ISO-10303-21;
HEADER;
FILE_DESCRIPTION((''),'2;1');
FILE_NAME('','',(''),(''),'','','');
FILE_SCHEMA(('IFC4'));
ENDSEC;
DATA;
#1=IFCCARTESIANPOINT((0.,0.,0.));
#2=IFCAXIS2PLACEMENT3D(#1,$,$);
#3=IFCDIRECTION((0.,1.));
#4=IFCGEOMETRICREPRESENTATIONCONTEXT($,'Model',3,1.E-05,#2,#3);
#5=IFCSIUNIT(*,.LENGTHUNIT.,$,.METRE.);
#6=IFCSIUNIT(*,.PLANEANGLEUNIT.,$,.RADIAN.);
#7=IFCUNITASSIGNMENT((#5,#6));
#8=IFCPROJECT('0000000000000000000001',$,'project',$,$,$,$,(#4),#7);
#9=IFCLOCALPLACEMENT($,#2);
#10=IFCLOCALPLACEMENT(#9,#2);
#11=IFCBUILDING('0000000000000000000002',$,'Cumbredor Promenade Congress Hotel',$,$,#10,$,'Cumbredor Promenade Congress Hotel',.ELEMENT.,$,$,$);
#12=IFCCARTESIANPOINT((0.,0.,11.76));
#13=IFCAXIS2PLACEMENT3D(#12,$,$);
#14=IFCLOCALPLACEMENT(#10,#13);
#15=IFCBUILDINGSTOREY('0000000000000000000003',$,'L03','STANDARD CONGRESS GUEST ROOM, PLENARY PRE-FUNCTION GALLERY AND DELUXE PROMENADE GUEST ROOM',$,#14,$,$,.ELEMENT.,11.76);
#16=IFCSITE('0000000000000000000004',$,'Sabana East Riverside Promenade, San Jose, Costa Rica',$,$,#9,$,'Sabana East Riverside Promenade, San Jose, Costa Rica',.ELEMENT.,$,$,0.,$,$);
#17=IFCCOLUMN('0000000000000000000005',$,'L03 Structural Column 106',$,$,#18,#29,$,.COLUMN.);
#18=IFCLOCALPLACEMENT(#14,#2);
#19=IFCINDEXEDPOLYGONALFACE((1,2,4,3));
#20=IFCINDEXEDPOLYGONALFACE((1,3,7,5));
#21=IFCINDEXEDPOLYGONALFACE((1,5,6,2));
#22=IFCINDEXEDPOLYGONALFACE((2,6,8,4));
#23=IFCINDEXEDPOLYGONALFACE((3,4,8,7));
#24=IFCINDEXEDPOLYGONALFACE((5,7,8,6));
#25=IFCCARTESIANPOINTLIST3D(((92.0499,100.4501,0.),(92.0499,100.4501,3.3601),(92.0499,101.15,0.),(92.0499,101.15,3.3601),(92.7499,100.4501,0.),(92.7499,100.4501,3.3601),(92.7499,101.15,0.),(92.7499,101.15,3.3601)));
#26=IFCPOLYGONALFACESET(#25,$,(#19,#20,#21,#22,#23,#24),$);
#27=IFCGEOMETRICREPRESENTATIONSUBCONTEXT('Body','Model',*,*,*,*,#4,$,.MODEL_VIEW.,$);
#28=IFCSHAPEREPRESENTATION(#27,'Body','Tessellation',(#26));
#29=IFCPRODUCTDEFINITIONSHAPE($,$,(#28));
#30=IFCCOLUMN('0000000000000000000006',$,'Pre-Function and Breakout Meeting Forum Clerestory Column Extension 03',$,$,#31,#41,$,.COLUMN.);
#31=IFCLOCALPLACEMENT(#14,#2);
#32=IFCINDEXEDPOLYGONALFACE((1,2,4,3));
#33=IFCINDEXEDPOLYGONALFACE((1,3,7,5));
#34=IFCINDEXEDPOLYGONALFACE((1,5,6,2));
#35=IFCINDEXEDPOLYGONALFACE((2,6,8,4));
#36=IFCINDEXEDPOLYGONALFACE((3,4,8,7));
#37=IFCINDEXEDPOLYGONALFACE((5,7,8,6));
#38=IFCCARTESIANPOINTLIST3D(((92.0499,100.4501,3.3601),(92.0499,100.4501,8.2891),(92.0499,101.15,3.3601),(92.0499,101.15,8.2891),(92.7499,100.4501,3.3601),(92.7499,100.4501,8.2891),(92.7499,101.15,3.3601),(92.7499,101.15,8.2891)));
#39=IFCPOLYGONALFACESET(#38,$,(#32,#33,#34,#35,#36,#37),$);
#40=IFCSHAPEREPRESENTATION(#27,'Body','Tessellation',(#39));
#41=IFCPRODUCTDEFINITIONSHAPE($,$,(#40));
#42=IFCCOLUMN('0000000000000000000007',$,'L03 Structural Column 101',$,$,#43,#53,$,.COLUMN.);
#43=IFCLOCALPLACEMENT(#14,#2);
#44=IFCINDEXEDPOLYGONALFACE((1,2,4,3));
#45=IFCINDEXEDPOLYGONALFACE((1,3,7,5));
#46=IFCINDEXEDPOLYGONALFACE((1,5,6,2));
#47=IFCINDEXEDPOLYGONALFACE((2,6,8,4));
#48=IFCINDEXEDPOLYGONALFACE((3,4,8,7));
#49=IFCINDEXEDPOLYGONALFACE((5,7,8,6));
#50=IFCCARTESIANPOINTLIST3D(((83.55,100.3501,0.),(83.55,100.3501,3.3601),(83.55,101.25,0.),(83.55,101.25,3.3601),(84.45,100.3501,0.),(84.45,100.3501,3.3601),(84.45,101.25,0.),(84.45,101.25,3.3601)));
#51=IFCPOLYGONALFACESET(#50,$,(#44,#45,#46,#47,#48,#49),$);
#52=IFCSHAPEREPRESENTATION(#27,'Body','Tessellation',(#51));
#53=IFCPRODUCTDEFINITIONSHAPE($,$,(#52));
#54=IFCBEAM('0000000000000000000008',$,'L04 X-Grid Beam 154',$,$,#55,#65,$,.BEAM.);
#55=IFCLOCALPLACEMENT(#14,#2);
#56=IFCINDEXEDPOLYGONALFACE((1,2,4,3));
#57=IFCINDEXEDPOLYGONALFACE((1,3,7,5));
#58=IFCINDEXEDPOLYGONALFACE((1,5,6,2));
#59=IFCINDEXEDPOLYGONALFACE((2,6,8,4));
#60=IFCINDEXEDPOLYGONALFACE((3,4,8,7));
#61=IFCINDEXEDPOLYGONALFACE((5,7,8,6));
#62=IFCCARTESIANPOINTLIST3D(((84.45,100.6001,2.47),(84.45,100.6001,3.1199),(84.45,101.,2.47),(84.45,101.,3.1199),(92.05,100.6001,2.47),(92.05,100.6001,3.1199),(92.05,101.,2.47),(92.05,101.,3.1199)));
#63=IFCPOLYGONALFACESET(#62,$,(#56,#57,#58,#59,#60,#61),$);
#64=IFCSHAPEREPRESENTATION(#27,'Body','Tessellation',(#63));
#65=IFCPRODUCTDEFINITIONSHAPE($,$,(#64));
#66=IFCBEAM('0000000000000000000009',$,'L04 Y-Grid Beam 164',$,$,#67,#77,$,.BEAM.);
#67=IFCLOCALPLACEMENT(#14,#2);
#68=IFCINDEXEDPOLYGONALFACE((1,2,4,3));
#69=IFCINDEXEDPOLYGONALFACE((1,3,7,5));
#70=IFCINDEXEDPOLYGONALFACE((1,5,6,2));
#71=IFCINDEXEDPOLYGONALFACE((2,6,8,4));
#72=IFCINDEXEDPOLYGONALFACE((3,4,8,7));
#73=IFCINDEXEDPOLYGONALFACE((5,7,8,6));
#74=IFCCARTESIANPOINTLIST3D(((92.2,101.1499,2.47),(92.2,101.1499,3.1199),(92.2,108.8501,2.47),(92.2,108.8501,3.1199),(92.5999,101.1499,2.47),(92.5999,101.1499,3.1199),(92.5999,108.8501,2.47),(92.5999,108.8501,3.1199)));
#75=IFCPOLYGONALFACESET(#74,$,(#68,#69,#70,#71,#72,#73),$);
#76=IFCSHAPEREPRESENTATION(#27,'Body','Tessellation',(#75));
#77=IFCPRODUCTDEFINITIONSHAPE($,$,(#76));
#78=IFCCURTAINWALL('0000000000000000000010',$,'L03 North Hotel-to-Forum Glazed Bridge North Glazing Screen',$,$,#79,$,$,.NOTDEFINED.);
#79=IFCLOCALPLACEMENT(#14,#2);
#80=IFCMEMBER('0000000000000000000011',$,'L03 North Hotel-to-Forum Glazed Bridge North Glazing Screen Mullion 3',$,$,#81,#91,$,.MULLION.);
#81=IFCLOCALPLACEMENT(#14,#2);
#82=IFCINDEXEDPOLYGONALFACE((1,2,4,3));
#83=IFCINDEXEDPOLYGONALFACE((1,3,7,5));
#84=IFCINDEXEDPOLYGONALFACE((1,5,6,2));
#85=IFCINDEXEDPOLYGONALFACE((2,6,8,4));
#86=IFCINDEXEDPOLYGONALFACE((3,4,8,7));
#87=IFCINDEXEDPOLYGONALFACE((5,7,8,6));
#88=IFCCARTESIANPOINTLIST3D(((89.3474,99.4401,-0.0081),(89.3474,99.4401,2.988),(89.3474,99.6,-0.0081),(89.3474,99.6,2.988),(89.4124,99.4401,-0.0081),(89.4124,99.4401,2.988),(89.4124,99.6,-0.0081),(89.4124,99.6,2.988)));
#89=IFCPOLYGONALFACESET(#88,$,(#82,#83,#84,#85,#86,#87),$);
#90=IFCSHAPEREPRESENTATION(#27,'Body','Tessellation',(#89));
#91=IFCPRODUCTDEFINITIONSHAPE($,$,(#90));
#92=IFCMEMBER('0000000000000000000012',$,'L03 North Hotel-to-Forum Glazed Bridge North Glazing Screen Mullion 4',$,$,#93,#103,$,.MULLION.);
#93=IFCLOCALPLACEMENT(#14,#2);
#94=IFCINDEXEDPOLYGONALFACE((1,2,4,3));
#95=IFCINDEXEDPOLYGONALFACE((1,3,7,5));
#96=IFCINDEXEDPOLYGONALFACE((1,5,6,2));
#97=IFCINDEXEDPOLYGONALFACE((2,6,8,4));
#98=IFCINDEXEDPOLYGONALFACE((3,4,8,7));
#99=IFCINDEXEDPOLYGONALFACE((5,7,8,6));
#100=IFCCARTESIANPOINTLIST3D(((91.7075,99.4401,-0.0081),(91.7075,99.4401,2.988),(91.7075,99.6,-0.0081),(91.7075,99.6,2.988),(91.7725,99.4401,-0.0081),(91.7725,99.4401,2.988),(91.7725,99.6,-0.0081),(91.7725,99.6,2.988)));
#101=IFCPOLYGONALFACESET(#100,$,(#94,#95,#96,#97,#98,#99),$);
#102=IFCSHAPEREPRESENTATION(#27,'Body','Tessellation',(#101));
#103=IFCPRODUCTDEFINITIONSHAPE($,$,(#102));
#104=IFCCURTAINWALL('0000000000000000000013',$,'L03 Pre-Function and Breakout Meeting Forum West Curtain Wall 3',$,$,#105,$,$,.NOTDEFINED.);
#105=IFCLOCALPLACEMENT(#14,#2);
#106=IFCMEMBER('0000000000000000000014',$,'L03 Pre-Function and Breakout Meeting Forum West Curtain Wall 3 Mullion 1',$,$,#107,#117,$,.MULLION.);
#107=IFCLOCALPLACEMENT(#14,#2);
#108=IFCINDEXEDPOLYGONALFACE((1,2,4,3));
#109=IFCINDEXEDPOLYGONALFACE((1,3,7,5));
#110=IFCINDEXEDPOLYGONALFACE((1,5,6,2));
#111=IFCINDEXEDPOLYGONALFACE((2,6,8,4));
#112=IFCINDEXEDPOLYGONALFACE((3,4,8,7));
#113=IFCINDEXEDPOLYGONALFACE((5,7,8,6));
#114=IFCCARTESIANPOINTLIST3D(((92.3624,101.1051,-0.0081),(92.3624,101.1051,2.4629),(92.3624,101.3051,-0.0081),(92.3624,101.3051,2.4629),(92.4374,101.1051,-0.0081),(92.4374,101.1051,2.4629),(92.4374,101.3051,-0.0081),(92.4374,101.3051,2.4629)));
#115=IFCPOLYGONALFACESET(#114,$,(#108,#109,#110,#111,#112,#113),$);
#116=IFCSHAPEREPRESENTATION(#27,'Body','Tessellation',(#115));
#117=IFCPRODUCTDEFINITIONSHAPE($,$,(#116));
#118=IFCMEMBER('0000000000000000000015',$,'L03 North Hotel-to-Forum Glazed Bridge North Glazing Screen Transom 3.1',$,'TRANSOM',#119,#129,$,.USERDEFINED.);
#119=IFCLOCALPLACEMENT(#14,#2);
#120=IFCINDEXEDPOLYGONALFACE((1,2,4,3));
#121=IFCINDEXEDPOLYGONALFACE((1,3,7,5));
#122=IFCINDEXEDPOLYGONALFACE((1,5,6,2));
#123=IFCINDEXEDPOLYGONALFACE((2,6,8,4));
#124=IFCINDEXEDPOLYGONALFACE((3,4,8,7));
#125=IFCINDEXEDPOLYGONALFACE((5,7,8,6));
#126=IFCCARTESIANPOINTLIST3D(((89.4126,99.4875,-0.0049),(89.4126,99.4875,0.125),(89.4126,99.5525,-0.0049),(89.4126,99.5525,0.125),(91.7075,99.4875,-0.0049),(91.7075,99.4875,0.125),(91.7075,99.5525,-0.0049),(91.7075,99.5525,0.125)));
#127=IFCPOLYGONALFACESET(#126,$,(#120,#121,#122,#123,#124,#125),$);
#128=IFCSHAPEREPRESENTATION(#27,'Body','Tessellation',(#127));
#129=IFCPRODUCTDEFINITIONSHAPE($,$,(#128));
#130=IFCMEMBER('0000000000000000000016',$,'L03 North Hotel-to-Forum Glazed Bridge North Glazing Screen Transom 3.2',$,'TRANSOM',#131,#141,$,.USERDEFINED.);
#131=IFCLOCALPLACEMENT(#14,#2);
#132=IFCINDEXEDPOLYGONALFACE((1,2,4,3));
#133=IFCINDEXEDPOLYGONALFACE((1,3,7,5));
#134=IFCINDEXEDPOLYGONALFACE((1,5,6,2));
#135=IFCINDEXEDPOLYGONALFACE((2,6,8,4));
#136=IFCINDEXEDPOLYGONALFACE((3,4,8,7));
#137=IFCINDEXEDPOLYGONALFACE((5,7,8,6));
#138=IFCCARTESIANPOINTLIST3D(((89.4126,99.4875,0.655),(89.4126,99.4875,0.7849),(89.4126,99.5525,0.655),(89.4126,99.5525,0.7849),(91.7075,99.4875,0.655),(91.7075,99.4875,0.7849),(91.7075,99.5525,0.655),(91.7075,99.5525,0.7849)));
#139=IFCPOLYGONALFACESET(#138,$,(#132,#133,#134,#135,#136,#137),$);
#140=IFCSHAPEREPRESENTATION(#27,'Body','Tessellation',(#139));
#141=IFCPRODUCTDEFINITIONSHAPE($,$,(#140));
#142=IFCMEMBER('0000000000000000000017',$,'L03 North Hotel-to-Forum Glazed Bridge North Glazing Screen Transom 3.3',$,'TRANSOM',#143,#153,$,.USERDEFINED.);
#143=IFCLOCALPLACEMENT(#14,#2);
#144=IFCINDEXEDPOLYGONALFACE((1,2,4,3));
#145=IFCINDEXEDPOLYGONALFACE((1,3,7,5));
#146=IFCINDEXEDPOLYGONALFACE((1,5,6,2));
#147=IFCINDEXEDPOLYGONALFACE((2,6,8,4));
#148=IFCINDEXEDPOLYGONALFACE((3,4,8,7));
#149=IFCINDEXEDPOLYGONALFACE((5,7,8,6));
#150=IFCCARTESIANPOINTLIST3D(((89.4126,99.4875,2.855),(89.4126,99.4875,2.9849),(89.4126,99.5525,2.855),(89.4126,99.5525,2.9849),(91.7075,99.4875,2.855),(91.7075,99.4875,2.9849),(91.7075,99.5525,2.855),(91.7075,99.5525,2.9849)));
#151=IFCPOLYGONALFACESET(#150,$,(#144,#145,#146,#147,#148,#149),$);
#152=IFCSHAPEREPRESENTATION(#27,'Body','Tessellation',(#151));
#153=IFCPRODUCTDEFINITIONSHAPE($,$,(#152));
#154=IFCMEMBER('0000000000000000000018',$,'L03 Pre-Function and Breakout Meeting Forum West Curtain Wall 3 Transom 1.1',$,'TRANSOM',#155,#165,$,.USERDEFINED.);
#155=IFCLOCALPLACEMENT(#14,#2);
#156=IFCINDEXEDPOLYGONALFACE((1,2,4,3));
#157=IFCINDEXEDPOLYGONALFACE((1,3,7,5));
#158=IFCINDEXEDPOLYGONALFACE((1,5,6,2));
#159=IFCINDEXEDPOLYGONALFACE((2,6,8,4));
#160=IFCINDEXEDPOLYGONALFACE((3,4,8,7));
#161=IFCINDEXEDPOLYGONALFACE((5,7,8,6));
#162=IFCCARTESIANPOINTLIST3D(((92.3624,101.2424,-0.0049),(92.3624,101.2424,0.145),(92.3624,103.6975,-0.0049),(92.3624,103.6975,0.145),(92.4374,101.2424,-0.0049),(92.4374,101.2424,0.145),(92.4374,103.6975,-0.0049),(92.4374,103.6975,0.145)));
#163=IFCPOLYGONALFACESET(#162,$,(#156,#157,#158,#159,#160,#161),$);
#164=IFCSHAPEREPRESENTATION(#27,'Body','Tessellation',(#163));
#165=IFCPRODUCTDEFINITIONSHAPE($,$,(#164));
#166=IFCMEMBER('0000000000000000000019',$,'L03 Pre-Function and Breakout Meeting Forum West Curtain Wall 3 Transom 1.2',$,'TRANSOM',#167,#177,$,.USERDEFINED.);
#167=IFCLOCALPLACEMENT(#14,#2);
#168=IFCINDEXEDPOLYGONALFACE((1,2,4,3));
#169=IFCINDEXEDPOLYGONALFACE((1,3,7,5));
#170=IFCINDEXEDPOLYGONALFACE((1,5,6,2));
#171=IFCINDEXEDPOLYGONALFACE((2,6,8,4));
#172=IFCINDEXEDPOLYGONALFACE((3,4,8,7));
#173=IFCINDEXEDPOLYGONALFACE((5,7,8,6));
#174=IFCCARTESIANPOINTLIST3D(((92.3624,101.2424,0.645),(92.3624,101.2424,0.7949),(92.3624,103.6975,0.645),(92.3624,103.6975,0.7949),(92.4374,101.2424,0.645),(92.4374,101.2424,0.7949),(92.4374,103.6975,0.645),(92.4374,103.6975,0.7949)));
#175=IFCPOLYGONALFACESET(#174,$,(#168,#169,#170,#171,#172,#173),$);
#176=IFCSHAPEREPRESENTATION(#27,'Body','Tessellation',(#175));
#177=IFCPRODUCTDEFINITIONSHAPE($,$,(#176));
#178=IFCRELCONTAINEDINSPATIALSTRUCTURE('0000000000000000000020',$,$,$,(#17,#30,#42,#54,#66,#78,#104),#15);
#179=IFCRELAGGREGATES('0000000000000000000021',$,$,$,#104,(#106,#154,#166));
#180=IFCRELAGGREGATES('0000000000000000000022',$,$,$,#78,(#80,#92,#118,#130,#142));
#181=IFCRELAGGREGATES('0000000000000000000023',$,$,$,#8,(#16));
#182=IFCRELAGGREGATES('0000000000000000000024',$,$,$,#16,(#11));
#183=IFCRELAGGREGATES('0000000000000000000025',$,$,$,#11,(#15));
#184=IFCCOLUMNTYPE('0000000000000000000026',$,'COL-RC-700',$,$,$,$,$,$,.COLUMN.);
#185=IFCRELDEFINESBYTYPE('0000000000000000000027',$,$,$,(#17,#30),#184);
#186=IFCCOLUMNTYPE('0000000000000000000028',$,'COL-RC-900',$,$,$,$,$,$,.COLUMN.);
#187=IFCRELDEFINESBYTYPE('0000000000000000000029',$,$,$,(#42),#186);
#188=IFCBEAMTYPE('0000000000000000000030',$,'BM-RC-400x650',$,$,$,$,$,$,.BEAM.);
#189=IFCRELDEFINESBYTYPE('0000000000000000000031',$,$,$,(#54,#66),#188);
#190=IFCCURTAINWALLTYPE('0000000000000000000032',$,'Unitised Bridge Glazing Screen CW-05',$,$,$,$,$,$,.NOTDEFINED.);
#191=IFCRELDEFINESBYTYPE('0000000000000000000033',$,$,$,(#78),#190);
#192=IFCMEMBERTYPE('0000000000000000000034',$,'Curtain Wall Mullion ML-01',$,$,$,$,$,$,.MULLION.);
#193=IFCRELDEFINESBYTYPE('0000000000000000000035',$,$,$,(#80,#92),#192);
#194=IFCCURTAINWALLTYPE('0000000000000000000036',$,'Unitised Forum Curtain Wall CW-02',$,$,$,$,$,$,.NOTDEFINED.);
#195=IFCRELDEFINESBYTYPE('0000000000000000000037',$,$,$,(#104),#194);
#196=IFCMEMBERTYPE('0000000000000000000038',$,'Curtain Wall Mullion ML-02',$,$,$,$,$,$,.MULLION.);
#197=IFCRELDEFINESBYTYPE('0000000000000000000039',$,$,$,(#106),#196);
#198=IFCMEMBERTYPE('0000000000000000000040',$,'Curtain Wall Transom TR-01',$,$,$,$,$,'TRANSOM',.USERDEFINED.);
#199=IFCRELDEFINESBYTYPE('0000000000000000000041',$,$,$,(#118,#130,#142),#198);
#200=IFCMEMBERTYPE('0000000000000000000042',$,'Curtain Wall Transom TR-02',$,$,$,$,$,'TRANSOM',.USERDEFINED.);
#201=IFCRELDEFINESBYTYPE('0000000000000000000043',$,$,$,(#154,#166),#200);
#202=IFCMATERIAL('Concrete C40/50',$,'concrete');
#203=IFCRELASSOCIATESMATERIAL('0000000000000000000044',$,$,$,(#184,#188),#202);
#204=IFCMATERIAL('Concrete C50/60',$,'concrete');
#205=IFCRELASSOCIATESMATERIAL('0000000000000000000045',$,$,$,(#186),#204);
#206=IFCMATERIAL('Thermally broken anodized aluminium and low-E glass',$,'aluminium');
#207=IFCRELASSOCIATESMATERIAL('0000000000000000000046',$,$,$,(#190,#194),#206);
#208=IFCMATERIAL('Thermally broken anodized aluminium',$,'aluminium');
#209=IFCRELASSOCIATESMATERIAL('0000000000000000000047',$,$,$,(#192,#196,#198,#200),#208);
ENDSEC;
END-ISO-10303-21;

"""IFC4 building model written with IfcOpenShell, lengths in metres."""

from ifc_helpers import new_model, si_unit, direction, frame, origin, origin_2d, place, context, subcontext, project, spatial, rectangle, extrude, material, material_profile, profile_set, type_object, element, aggregate, save


model = new_model("IFC4")

# Units and contexts
model_context = context("Model", 3, precision=1e-05, world=origin(), true_north=direction((0.0, 1.0)))
body_context = subcontext(model_context, "Body", "Model", "MODEL_VIEW")
ifc_project = project(units=[si_unit("LENGTHUNIT", "METRE"), si_unit("PLANEANGLEUNIT", "RADIAN")], contexts=[model_context])

# Site, building, storey
site_placement = place(None, origin())
site = spatial("IfcSite", under=ifc_project, at=site_placement, Name="Sabana East Riverside Promenade, San Jose, Costa Rica", LongName="Sabana East Riverside Promenade, San Jose, Costa Rica", CompositionType="ELEMENT", RefElevation=0.0)
building_placement = place(site_placement, origin())
building = spatial("IfcBuilding", under=site, at=building_placement, Name="Cumbredor Promenade Congress Hotel", LongName="Cumbredor Promenade Congress Hotel", CompositionType="ELEMENT")
storey_placement = place(building_placement, frame((0.0, 0.0, 11.76)))
storey = spatial("IfcBuildingStorey", under=building, at=storey_placement, Name="L03", Description="STANDARD CONGRESS GUEST ROOM, PLENARY PRE-FUNCTION GALLERY AND DELUXE PROMENADE GUEST ROOM", CompositionType="ELEMENT", Elevation=11.76)

# Columns
ifc_material_1 = material(Name="Concrete C40/50", Category="concrete")
ifc_material_profile_1 = material_profile(ifc_material_1, rectangle(XDim=0.7, YDim=0.7, at=origin_2d()), Name="RC 700x700")
ifc_profile_set_1 = profile_set([ifc_material_profile_1], Name="Concrete C40/50")
column_type_1 = type_object("IfcColumnType", Name="COL-RC-700", PredefinedType="COLUMN", material=ifc_profile_set_1)
column_1_placement = place(storey_placement, frame((92.3999, 100.8, 0.0), z_axis=(0.0, 0.0, 1.0), x_axis=(1.0, 0.0, 0.0)))
element("IfcColumn", 1, at=column_1_placement, inside=storey, type_object=column_type_1, Name="L03 Structural Column 106", PredefinedType="COLUMN", context=body_context, shape_type="SweptSolid", body=[
    extrude(rectangle(XDim=0.7, YDim=0.7, at=origin_2d()), origin(), (0.0, 0.0, 1.0), 3.3601),
])
column_2_placement = place(storey_placement, frame((92.3999, 100.8, 3.3601), z_axis=(0.0, 0.0, 1.0), x_axis=(1.0, 0.0, 0.0)))
element("IfcColumn", 2, at=column_2_placement, inside=storey, type_object=column_type_1, Name="Pre-Function and Breakout Meeting Forum Clerestory Column Extension 03", PredefinedType="COLUMN", context=body_context, shape_type="SweptSolid", body=[
    extrude(rectangle(XDim=0.7, YDim=0.7, at=origin_2d()), origin(), (0.0, 0.0, 1.0), 4.929),
])
ifc_material_2 = material(Name="Concrete C50/60", Category="concrete")
ifc_material_profile_2 = material_profile(ifc_material_2, rectangle(XDim=0.8999, YDim=0.8999, at=origin_2d()), Name="RC 900x900")
ifc_profile_set_2 = profile_set([ifc_material_profile_2], Name="Concrete C50/60")
column_type_2 = type_object("IfcColumnType", Name="COL-RC-900", PredefinedType="COLUMN", material=ifc_profile_set_2)
column_3_placement = place(storey_placement, frame((84.0, 100.8, 0.0), z_axis=(0.0, 0.0, 1.0), x_axis=(1.0, 0.0, 0.0)))
element("IfcColumn", 3, at=column_3_placement, inside=storey, type_object=column_type_2, Name="L03 Structural Column 101", PredefinedType="COLUMN", context=body_context, shape_type="SweptSolid", body=[
    extrude(rectangle(XDim=0.8999, YDim=0.8999, at=origin_2d()), origin(), (0.0, 0.0, 1.0), 3.3601),
])

# Beams
ifc_material_profile_3 = material_profile(ifc_material_1, rectangle(XDim=0.3999, YDim=0.6499, at=origin_2d()), Name="RC BEAM 400x650")
ifc_profile_set_3 = profile_set([ifc_material_profile_3], Name="Concrete C40/50")
beam_type_1 = type_object("IfcBeamType", Name="BM-RC-400x650", PredefinedType="BEAM", material=ifc_profile_set_3)
beam_1_placement = place(storey_placement, frame((84.45, 100.8, 2.7949), z_axis=(1.0, 0.0, 0.0), x_axis=(0.0, 1.0, 0.0)))
element("IfcBeam", 4, at=beam_1_placement, inside=storey, type_object=beam_type_1, Name="L04 X-Grid Beam 154", PredefinedType="BEAM", context=body_context, shape_type="SweptSolid", body=[
    extrude(rectangle(XDim=0.3999, YDim=0.6499, at=origin_2d()), origin(), (0.0, 0.0, 1.0), 7.6001),
])
beam_2_placement = place(storey_placement, frame((92.3999, 101.1499, 2.7949), z_axis=(0.0, 1.0, 0.0), x_axis=(-1.0, 0.0, 0.0)))
element("IfcBeam", 5, at=beam_2_placement, inside=storey, type_object=beam_type_1, Name="L04 Y-Grid Beam 164", PredefinedType="BEAM", context=body_context, shape_type="SweptSolid", body=[
    extrude(rectangle(XDim=0.3999, YDim=0.6499, at=origin_2d()), origin(), (0.0, 0.0, 1.0), 7.7002),
])

# Curtain wall, members
ifc_material_3 = material(Name="Thermally broken anodized aluminium and low-E glass", Category="aluminium")
curtain_wall_type_1 = type_object("IfcCurtainWallType", Name="Unitised Bridge Glazing Screen CW-05", PredefinedType="NOTDEFINED", material=ifc_material_3)
curtain_wall_1_placement = place(storey_placement, origin())
curtain_wall_1 = element("IfcCurtainWall", 6, at=curtain_wall_1_placement, inside=storey, type_object=curtain_wall_type_1, Name="L03 North Hotel-to-Forum Glazed Bridge North Glazing Screen", PredefinedType="NOTDEFINED")
ifc_material_4 = material(Name="Thermally broken anodized aluminium", Category="aluminium")
ifc_material_profile_4 = material_profile(ifc_material_4, rectangle(XDim=0.0649, YDim=0.1599, at=origin_2d()), Name="ALU MULLION 65x160")
ifc_profile_set_4 = profile_set([ifc_material_profile_4], Name="Thermally broken anodized aluminium")
member_type_1 = type_object("IfcMemberType", Name="Curtain Wall Mullion ML-01", PredefinedType="MULLION", material=ifc_profile_set_4)
member_1_placement = place(storey_placement, frame((89.3799, 99.52, -0.0081), z_axis=(0.0, 0.0, 1.0), x_axis=(1.0, 0.0, 0.0)))
member_1 = element("IfcMember", 7, at=member_1_placement, type_object=member_type_1, Name="L03 North Hotel-to-Forum Glazed Bridge North Glazing Screen Mullion 3", PredefinedType="MULLION", context=body_context, shape_type="SweptSolid", body=[
    extrude(rectangle(XDim=0.0649, YDim=0.1599, at=origin_2d()), origin(), (0.0, 0.0, 1.0), 2.9961),
])
member_2_placement = place(storey_placement, frame((91.74, 99.52, -0.0081), z_axis=(0.0, 0.0, 1.0), x_axis=(1.0, 0.0, 0.0)))
member_2 = element("IfcMember", 8, at=member_2_placement, type_object=member_type_1, Name="L03 North Hotel-to-Forum Glazed Bridge North Glazing Screen Mullion 4", PredefinedType="MULLION", context=body_context, shape_type="SweptSolid", body=[
    extrude(rectangle(XDim=0.0649, YDim=0.1599, at=origin_2d()), origin(), (0.0, 0.0, 1.0), 2.9961),
])

# Curtain wall, member
curtain_wall_type_2 = type_object("IfcCurtainWallType", Name="Unitised Forum Curtain Wall CW-02", PredefinedType="NOTDEFINED", material=ifc_material_3)
curtain_wall_2_placement = place(storey_placement, origin())
curtain_wall_2 = element("IfcCurtainWall", 9, at=curtain_wall_2_placement, inside=storey, type_object=curtain_wall_type_2, Name="L03 Pre-Function and Breakout Meeting Forum West Curtain Wall 3", PredefinedType="NOTDEFINED")
ifc_material_profile_5 = material_profile(ifc_material_4, rectangle(XDim=0.075, YDim=0.2, at=origin_2d()), Name="ALU MULLION 75x200")
ifc_profile_set_5 = profile_set([ifc_material_profile_5], Name="Thermally broken anodized aluminium")
member_type_2 = type_object("IfcMemberType", Name="Curtain Wall Mullion ML-02", PredefinedType="MULLION", material=ifc_profile_set_5)
member_3_placement = place(storey_placement, frame((92.3999, 101.2051, -0.0081), z_axis=(0.0, 0.0, 1.0), x_axis=(1.0, 0.0, 0.0)))
member_3 = element("IfcMember", 10, at=member_3_placement, type_object=member_type_2, Name="L03 Pre-Function and Breakout Meeting Forum West Curtain Wall 3 Mullion 1", PredefinedType="MULLION", context=body_context, shape_type="SweptSolid", body=[
    extrude(rectangle(XDim=0.075, YDim=0.2, at=origin_2d()), origin(), (0.0, 0.0, 1.0), 2.4709),
])

# Members
ifc_material_profile_6 = material_profile(ifc_material_4, rectangle(XDim=0.0649, YDim=0.1299, at=origin_2d()), Name="ALU TRANSOM 65x130")
ifc_profile_set_6 = profile_set([ifc_material_profile_6], Name="Thermally broken anodized aluminium")
member_type_3 = type_object("IfcMemberType", Name="Curtain Wall Transom TR-01", ElementType="TRANSOM", PredefinedType="USERDEFINED", material=ifc_profile_set_6)
member_4_placement = place(storey_placement, frame((89.4126, 99.52, 0.0601), z_axis=(1.0, 0.0, 0.0), x_axis=(0.0, 1.0, 0.0)))
member_4 = element("IfcMember", 11, at=member_4_placement, type_object=member_type_3, Name="L03 North Hotel-to-Forum Glazed Bridge North Glazing Screen Transom 3.1", ObjectType="TRANSOM", PredefinedType="USERDEFINED", context=body_context, shape_type="SweptSolid", body=[
    extrude(rectangle(XDim=0.0649, YDim=0.1299, at=origin_2d()), origin(), (0.0, 0.0, 1.0), 2.2949),
])
member_5_placement = place(storey_placement, frame((89.4126, 99.52, 0.72), z_axis=(1.0, 0.0, 0.0), x_axis=(0.0, 1.0, 0.0)))
member_5 = element("IfcMember", 12, at=member_5_placement, type_object=member_type_3, Name="L03 North Hotel-to-Forum Glazed Bridge North Glazing Screen Transom 3.2", ObjectType="TRANSOM", PredefinedType="USERDEFINED", context=body_context, shape_type="SweptSolid", body=[
    extrude(rectangle(XDim=0.0649, YDim=0.1299, at=origin_2d()), origin(), (0.0, 0.0, 1.0), 2.2949),
])
member_6_placement = place(storey_placement, frame((89.4126, 99.52, 2.9199), z_axis=(1.0, 0.0, 0.0), x_axis=(0.0, 1.0, 0.0)))
member_6 = element("IfcMember", 13, at=member_6_placement, type_object=member_type_3, Name="L03 North Hotel-to-Forum Glazed Bridge North Glazing Screen Transom 3.3", ObjectType="TRANSOM", PredefinedType="USERDEFINED", context=body_context, shape_type="SweptSolid", body=[
    extrude(rectangle(XDim=0.0649, YDim=0.1299, at=origin_2d()), origin(), (0.0, 0.0, 1.0), 2.2949),
])
ifc_material_profile_7 = material_profile(ifc_material_4, rectangle(XDim=0.075, YDim=0.1499, at=origin_2d()), Name="ALU TRANSOM 75x150")
ifc_profile_set_7 = profile_set([ifc_material_profile_7], Name="Thermally broken anodized aluminium")
member_type_4 = type_object("IfcMemberType", Name="Curtain Wall Transom TR-02", ElementType="TRANSOM", PredefinedType="USERDEFINED", material=ifc_profile_set_7)
member_7_placement = place(storey_placement, frame((92.3999, 101.2424, 0.0701), z_axis=(0.0, 1.0, 0.0), x_axis=(-1.0, 0.0, 0.0)))
member_7 = element("IfcMember", 14, at=member_7_placement, type_object=member_type_4, Name="L03 Pre-Function and Breakout Meeting Forum West Curtain Wall 3 Transom 1.1", ObjectType="TRANSOM", PredefinedType="USERDEFINED", context=body_context, shape_type="SweptSolid", body=[
    extrude(rectangle(XDim=0.075, YDim=0.1499, at=origin_2d()), origin(), (0.0, 0.0, 1.0), 2.4551),
])
member_8_placement = place(storey_placement, frame((92.3999, 101.2424, 0.72), z_axis=(0.0, 1.0, 0.0), x_axis=(-1.0, 0.0, 0.0)))
member_8 = element("IfcMember", 15, at=member_8_placement, type_object=member_type_4, Name="L03 Pre-Function and Breakout Meeting Forum West Curtain Wall 3 Transom 1.2", ObjectType="TRANSOM", PredefinedType="USERDEFINED", context=body_context, shape_type="SweptSolid", body=[
    extrude(rectangle(XDim=0.075, YDim=0.1499, at=origin_2d()), origin(), (0.0, 0.0, 1.0), 2.4551),
])
aggregate(curtain_wall_2, [member_3, member_7, member_8])

aggregate(curtain_wall_1, [member_1, member_2, member_4, member_5, member_6])

save(model, "model.ifc")
